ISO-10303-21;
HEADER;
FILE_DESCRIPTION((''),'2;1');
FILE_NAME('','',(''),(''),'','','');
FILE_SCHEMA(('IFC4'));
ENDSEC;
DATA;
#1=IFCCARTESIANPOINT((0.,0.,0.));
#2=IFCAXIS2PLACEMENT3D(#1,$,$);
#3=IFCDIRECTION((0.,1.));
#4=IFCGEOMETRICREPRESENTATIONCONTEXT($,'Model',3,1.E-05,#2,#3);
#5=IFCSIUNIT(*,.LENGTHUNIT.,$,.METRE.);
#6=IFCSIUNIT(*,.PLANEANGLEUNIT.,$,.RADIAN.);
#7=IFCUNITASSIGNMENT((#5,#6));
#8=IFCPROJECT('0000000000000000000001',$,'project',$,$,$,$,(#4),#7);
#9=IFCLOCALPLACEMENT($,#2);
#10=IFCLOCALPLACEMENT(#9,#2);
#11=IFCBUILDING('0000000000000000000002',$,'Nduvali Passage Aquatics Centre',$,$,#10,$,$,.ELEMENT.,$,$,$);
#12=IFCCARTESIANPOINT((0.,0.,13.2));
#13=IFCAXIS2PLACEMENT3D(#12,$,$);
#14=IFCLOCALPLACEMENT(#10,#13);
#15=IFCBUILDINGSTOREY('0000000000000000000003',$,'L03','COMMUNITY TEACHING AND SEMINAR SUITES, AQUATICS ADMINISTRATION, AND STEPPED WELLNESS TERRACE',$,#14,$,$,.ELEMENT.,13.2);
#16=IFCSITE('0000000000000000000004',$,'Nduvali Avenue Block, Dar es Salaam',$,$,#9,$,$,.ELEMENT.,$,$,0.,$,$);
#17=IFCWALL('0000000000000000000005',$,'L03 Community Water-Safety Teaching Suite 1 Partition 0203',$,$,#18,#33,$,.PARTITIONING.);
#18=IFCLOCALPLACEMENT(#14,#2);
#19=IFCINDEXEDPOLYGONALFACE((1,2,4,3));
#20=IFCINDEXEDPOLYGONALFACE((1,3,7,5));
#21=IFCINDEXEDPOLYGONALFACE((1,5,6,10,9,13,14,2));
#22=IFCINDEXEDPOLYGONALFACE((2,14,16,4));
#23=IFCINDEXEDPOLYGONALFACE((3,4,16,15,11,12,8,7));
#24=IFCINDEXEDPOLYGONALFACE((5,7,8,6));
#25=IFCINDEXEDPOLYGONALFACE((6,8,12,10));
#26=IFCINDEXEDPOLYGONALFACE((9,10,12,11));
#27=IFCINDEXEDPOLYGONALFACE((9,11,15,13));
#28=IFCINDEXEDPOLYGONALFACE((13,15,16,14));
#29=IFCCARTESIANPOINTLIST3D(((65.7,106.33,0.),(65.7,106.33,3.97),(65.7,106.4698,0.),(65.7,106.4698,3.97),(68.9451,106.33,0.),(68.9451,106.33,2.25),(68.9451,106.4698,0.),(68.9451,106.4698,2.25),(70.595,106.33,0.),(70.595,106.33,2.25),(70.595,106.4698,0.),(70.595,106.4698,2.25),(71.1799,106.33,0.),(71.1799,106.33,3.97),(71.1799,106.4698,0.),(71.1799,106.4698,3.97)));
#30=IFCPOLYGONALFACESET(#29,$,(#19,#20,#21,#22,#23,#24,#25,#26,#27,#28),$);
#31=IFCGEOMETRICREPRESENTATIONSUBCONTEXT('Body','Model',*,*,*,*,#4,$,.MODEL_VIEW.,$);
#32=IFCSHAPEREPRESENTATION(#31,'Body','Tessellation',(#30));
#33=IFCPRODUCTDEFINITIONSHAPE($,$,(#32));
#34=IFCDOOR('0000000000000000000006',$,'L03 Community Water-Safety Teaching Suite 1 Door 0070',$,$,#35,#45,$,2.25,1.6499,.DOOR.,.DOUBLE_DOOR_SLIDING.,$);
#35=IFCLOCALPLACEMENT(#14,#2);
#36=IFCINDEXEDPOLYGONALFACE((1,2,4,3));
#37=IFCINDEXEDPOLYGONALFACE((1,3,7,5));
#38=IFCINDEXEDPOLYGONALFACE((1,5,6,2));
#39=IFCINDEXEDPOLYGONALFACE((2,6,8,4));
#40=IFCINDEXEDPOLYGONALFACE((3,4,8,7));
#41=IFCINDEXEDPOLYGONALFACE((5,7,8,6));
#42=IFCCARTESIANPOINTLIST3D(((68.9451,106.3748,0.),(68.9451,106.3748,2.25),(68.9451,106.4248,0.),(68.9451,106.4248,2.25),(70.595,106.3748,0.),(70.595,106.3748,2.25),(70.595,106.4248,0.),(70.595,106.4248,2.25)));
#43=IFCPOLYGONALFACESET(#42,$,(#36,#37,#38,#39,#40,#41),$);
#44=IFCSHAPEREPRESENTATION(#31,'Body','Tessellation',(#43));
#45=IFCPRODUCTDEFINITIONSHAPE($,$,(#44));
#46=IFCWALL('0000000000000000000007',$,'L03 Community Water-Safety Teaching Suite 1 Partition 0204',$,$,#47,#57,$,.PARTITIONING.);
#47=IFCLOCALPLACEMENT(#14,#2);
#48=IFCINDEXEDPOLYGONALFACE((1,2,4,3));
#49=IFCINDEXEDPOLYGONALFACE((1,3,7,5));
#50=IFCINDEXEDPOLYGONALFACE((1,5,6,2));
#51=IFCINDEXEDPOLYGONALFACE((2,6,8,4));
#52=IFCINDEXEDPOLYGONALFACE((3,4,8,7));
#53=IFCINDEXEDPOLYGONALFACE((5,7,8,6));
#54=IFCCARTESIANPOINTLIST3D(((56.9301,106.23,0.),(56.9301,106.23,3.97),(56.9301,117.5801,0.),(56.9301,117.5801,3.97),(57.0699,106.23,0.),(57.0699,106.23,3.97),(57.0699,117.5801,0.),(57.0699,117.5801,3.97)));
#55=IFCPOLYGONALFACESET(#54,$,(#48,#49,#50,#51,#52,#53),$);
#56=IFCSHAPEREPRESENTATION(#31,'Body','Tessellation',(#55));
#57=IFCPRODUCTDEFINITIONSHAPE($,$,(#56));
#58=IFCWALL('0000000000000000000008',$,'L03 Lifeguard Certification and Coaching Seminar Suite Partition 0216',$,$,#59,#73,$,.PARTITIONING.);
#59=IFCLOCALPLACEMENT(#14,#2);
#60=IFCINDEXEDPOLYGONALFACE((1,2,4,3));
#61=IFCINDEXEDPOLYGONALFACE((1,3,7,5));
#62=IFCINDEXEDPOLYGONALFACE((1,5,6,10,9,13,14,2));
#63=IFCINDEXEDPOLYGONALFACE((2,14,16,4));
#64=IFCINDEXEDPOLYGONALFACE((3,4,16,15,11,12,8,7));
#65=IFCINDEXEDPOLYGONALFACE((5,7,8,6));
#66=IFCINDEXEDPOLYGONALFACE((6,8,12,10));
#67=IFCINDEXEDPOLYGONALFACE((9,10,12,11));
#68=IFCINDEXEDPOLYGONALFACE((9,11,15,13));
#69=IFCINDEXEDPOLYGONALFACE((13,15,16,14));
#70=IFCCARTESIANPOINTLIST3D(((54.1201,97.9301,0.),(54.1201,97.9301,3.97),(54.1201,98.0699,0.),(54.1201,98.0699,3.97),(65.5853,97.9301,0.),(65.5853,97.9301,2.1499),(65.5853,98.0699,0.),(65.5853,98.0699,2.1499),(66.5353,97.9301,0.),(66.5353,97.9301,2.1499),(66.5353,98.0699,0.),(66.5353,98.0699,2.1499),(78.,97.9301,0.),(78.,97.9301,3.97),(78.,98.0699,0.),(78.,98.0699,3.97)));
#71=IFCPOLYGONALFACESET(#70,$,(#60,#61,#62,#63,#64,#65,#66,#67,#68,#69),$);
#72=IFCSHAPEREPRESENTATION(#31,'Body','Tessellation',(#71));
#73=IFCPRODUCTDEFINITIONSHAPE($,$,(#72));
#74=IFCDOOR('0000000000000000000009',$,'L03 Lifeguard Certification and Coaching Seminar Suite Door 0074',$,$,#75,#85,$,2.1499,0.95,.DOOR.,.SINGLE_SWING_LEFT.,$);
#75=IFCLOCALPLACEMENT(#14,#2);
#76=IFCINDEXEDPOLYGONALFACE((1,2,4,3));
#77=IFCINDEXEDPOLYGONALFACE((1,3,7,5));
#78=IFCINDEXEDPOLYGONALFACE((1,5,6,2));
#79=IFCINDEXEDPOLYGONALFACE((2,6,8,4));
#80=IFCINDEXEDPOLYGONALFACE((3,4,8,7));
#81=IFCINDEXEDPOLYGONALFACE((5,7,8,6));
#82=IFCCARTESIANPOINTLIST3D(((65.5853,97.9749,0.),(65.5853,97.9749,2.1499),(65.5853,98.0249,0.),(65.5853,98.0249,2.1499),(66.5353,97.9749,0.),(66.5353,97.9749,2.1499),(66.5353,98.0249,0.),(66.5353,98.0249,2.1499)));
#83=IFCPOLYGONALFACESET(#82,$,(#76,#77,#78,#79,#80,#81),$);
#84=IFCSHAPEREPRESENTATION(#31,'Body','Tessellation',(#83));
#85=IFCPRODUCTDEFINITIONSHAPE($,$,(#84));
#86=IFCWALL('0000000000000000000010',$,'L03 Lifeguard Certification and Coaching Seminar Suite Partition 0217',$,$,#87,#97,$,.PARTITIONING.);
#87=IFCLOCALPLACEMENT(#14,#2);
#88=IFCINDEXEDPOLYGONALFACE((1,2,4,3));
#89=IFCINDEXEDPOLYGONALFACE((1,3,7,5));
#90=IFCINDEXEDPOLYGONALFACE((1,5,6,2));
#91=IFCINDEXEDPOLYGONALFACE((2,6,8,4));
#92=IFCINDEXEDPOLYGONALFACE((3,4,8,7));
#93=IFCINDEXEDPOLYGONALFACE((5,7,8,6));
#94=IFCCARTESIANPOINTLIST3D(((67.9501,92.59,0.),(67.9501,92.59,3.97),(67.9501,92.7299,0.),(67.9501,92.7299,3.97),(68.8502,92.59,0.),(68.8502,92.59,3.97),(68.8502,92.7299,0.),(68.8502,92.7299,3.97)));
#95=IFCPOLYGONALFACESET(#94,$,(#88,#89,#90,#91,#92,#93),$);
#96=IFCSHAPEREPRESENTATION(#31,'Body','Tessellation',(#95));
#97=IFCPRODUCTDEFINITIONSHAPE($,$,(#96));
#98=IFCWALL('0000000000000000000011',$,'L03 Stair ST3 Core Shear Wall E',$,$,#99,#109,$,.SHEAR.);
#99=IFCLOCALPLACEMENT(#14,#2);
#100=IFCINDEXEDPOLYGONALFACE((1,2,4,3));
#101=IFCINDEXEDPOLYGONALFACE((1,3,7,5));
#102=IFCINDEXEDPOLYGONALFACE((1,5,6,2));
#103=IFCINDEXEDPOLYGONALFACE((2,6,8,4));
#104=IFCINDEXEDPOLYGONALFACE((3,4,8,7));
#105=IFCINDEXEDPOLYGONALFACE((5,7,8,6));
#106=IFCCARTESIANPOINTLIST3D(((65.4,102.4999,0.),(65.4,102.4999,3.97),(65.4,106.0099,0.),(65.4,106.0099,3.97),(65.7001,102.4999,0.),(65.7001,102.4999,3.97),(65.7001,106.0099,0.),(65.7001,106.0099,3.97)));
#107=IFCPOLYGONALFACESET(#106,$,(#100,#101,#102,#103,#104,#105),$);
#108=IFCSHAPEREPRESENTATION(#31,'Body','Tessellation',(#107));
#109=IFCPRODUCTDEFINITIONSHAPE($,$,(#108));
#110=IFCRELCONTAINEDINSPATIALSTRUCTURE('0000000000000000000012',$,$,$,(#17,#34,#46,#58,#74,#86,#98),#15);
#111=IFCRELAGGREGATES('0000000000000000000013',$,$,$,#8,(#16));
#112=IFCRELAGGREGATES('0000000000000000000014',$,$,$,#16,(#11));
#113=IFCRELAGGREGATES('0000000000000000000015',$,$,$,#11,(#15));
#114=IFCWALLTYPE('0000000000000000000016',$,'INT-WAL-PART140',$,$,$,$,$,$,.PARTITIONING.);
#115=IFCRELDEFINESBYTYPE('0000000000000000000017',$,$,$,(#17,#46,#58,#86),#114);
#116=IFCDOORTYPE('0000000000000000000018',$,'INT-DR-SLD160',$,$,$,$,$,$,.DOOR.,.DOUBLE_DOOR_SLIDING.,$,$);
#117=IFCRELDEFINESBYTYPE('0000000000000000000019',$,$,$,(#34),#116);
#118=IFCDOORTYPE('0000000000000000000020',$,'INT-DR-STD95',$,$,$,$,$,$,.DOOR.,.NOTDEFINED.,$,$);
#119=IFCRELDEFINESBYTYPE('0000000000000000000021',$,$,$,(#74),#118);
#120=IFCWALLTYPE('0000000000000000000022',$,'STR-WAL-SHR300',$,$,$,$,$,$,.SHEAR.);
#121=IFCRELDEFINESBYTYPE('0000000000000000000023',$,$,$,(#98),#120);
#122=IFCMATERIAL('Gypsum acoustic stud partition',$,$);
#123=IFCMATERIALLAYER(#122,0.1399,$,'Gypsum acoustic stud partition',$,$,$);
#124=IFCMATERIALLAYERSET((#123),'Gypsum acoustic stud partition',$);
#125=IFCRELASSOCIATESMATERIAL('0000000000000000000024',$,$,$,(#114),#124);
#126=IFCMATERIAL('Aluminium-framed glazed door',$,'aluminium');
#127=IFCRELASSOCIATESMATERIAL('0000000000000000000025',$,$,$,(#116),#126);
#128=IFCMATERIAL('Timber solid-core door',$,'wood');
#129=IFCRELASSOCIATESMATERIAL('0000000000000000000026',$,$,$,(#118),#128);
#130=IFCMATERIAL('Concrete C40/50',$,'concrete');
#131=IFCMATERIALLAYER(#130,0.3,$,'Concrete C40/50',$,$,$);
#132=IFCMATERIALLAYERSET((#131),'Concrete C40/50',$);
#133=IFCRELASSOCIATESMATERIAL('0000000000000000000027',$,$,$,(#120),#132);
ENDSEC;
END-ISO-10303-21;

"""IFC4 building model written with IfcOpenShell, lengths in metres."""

from ifc_helpers import new_model, si_unit, direction, frame, frame_2d, origin, place, context, subcontext, project, spatial, rectangle, extrude, material, layer, layer_set, type_object, element, fill, save


model = new_model("IFC4")

# Units and contexts
model_context = context("Model", 3, precision=1e-05, world=origin(), true_north=direction((0.0, 1.0)))
body_context = subcontext(model_context, "Body", "Model", "MODEL_VIEW")
ifc_project = project(units=[si_unit("LENGTHUNIT", "METRE"), si_unit("PLANEANGLEUNIT", "RADIAN")], contexts=[model_context])

# Site, building, storey
site_placement = place(None, origin())
site = spatial("IfcSite", under=ifc_project, at=site_placement, Name="Nduvali Avenue Block, Dar es Salaam", CompositionType="ELEMENT", RefElevation=0.0)
building_placement = place(site_placement, origin())
building = spatial("IfcBuilding", under=site, at=building_placement, Name="Nduvali Passage Aquatics Centre", CompositionType="ELEMENT")
storey_placement = place(building_placement, frame((0.0, 0.0, 13.2)))
storey = spatial("IfcBuildingStorey", under=building, at=storey_placement, Name="L03", Description="COMMUNITY TEACHING AND SEMINAR SUITES, AQUATICS ADMINISTRATION, AND STEPPED WELLNESS TERRACE", CompositionType="ELEMENT", Elevation=13.2)

# Shared definitions
ifc_material_1 = material(Name="Concrete C40/50", Category="concrete")

# Wall, opening, door
ifc_material_2 = material(Name="Gypsum acoustic stud partition")
ifc_layer_1 = layer(ifc_material_2, 0.1399, Name="Gypsum acoustic stud partition")
ifc_layer_set_1 = layer_set([ifc_layer_1], Name="Gypsum acoustic stud partition")
wall_type_1 = type_object("IfcWallType", Name="INT-WAL-PART140", PredefinedType="PARTITIONING", material=ifc_layer_set_1)
wall_1_placement = place(storey_placement, frame((65.7, 106.3999, 0.0), z_axis=(0.0, 0.0, 1.0), x_axis=(1.0, 0.0, 0.0)))
wall_1 = element("IfcWall", 1, at=wall_1_placement, inside=storey, type_object=wall_type_1, Name="L03 Community Water-Safety Teaching Suite 1 Partition 0203", PredefinedType="PARTITIONING", context=body_context, shape_type="SweptSolid", body=[
    extrude(rectangle(XDim=5.48, YDim=0.1399, at=frame_2d((2.74, 0.0))), origin(), (0.0, 0.0, 1.0), 3.97),
])
opening_1_placement = place(wall_1_placement, frame((3.2451, 0.0, 0.0)))
opening_1 = element("IfcOpeningElement", 2, at=opening_1_placement, cuts=wall_1, PredefinedType="OPENING", context=body_context, shape_type="SweptSolid", body=[
    extrude(rectangle(XDim=1.6499, YDim=2.25, at=frame_2d((0.825, 1.125))), frame((0.0, 0.085, 0.0), z_axis=(0.0, -1.0, 0.0), x_axis=(1.0, 0.0, 0.0)), (0.0, 0.0, 1.0), 0.1697),
])
ifc_material_3 = material(Name="Aluminium-framed glazed door", Category="aluminium")
door_type_1 = type_object("IfcDoorType", Name="INT-DR-SLD160", OperationType="DOUBLE_DOOR_SLIDING", PredefinedType="DOOR", material=ifc_material_3)
door_1_placement = place(opening_1_placement, origin())
door_1 = element("IfcDoor", 3, at=door_1_placement, inside=storey, type_object=door_type_1, Name="L03 Community Water-Safety Teaching Suite 1 Door 0070", OperationType="DOUBLE_DOOR_SLIDING", OverallHeight=2.25, OverallWidth=1.6499, PredefinedType="DOOR", context=body_context, shape_type="SweptSolid", body=[
    extrude(rectangle(XDim=1.6499, YDim=2.25, at=frame_2d((0.825, 1.125))), frame((0.0, 0.0249, 0.0), z_axis=(0.0, -1.0, 0.0), x_axis=(1.0, 0.0, 0.0)), (0.0, 0.0, 1.0), 0.05),
])
fill(opening_1, door_1)

# Wall
wall_2_placement = place(storey_placement, frame((57.0, 106.23, 0.0), z_axis=(0.0, 0.0, 1.0), x_axis=(0.0, 1.0, 0.0)))
element("IfcWall", 4, at=wall_2_placement, inside=storey, type_object=wall_type_1, Name="L03 Community Water-Safety Teaching Suite 1 Partition 0204", PredefinedType="PARTITIONING", context=body_context, shape_type="SweptSolid", body=[
    extrude(rectangle(XDim=11.3501, YDim=0.1399, at=frame_2d((5.675, 0.0))), origin(), (0.0, 0.0, 1.0), 3.97),
])

# Wall, opening, door
wall_3_placement = place(storey_placement, frame((54.1201, 98.0, 0.0), z_axis=(0.0, 0.0, 1.0), x_axis=(1.0, 0.0, 0.0)))
wall_3 = element("IfcWall", 5, at=wall_3_placement, inside=storey, type_object=wall_type_1, Name="L03 Lifeguard Certification and Coaching Seminar Suite Partition 0216", PredefinedType="PARTITIONING", context=body_context, shape_type="SweptSolid", body=[
    extrude(rectangle(XDim=23.8799, YDim=0.1399, at=frame_2d((11.9399, 0.0))), origin(), (0.0, 0.0, 1.0), 3.97),
])
opening_2_placement = place(wall_3_placement, frame((11.4651, 0.0, 0.0)))
opening_2 = element("IfcOpeningElement", 6, at=opening_2_placement, cuts=wall_3, PredefinedType="OPENING", context=body_context, shape_type="SweptSolid", body=[
    extrude(rectangle(XDim=0.95, YDim=2.1499, at=frame_2d((0.4751, 1.075))), frame((0.0, 0.085, 0.0), z_axis=(0.0, -1.0, 0.0), x_axis=(1.0, 0.0, 0.0)), (0.0, 0.0, 1.0), 0.1697),
])
ifc_material_4 = material(Name="Timber solid-core door", Category="wood")
door_type_2 = type_object("IfcDoorType", Name="INT-DR-STD95", OperationType="NOTDEFINED", PredefinedType="DOOR", material=ifc_material_4)
door_2_placement = place(opening_2_placement, origin())
door_2 = element("IfcDoor", 7, at=door_2_placement, inside=storey, type_object=door_type_2, Name="L03 Lifeguard Certification and Coaching Seminar Suite Door 0074", OperationType="SINGLE_SWING_LEFT", OverallHeight=2.1499, OverallWidth=0.95, PredefinedType="DOOR", context=body_context, shape_type="SweptSolid", body=[
    extrude(rectangle(XDim=0.95, YDim=2.1499, at=frame_2d((0.4751, 1.075))), frame((0.0, 0.0249, 0.0), z_axis=(0.0, -1.0, 0.0), x_axis=(1.0, 0.0, 0.0)), (0.0, 0.0, 1.0), 0.05),
])
fill(opening_2, door_2)

# Walls
wall_4_placement = place(storey_placement, frame((67.95, 92.6599, 0.0), z_axis=(0.0, 0.0, 1.0), x_axis=(1.0, 0.0, 0.0)))
element("IfcWall", 8, at=wall_4_placement, inside=storey, type_object=wall_type_1, Name="L03 Lifeguard Certification and Coaching Seminar Suite Partition 0217", PredefinedType="PARTITIONING", context=body_context, shape_type="SweptSolid", body=[
    extrude(rectangle(XDim=0.9001, YDim=0.1399, at=frame_2d((0.4502, 0.0))), origin(), (0.0, 0.0, 1.0), 3.97),
])
ifc_layer_2 = layer(ifc_material_1, 0.3, Name="Concrete C40/50")
ifc_layer_set_2 = layer_set([ifc_layer_2], Name="Concrete C40/50")
wall_type_2 = type_object("IfcWallType", Name="STR-WAL-SHR300", PredefinedType="SHEAR", material=ifc_layer_set_2)
wall_5_placement = place(storey_placement, frame((65.55, 102.5, 0.0), z_axis=(0.0, 0.0, 1.0), x_axis=(0.0, 1.0, 0.0)))
element("IfcWall", 9, at=wall_5_placement, inside=storey, type_object=wall_type_2, Name="L03 Stair ST3 Core Shear Wall E", PredefinedType="SHEAR", context=body_context, shape_type="SweptSolid", body=[
    extrude(rectangle(XDim=3.51, YDim=0.3, at=frame_2d((1.7549, 0.0))), origin(), (0.0, 0.0, 1.0), 3.97),
])

save(model, "model.ifc")
